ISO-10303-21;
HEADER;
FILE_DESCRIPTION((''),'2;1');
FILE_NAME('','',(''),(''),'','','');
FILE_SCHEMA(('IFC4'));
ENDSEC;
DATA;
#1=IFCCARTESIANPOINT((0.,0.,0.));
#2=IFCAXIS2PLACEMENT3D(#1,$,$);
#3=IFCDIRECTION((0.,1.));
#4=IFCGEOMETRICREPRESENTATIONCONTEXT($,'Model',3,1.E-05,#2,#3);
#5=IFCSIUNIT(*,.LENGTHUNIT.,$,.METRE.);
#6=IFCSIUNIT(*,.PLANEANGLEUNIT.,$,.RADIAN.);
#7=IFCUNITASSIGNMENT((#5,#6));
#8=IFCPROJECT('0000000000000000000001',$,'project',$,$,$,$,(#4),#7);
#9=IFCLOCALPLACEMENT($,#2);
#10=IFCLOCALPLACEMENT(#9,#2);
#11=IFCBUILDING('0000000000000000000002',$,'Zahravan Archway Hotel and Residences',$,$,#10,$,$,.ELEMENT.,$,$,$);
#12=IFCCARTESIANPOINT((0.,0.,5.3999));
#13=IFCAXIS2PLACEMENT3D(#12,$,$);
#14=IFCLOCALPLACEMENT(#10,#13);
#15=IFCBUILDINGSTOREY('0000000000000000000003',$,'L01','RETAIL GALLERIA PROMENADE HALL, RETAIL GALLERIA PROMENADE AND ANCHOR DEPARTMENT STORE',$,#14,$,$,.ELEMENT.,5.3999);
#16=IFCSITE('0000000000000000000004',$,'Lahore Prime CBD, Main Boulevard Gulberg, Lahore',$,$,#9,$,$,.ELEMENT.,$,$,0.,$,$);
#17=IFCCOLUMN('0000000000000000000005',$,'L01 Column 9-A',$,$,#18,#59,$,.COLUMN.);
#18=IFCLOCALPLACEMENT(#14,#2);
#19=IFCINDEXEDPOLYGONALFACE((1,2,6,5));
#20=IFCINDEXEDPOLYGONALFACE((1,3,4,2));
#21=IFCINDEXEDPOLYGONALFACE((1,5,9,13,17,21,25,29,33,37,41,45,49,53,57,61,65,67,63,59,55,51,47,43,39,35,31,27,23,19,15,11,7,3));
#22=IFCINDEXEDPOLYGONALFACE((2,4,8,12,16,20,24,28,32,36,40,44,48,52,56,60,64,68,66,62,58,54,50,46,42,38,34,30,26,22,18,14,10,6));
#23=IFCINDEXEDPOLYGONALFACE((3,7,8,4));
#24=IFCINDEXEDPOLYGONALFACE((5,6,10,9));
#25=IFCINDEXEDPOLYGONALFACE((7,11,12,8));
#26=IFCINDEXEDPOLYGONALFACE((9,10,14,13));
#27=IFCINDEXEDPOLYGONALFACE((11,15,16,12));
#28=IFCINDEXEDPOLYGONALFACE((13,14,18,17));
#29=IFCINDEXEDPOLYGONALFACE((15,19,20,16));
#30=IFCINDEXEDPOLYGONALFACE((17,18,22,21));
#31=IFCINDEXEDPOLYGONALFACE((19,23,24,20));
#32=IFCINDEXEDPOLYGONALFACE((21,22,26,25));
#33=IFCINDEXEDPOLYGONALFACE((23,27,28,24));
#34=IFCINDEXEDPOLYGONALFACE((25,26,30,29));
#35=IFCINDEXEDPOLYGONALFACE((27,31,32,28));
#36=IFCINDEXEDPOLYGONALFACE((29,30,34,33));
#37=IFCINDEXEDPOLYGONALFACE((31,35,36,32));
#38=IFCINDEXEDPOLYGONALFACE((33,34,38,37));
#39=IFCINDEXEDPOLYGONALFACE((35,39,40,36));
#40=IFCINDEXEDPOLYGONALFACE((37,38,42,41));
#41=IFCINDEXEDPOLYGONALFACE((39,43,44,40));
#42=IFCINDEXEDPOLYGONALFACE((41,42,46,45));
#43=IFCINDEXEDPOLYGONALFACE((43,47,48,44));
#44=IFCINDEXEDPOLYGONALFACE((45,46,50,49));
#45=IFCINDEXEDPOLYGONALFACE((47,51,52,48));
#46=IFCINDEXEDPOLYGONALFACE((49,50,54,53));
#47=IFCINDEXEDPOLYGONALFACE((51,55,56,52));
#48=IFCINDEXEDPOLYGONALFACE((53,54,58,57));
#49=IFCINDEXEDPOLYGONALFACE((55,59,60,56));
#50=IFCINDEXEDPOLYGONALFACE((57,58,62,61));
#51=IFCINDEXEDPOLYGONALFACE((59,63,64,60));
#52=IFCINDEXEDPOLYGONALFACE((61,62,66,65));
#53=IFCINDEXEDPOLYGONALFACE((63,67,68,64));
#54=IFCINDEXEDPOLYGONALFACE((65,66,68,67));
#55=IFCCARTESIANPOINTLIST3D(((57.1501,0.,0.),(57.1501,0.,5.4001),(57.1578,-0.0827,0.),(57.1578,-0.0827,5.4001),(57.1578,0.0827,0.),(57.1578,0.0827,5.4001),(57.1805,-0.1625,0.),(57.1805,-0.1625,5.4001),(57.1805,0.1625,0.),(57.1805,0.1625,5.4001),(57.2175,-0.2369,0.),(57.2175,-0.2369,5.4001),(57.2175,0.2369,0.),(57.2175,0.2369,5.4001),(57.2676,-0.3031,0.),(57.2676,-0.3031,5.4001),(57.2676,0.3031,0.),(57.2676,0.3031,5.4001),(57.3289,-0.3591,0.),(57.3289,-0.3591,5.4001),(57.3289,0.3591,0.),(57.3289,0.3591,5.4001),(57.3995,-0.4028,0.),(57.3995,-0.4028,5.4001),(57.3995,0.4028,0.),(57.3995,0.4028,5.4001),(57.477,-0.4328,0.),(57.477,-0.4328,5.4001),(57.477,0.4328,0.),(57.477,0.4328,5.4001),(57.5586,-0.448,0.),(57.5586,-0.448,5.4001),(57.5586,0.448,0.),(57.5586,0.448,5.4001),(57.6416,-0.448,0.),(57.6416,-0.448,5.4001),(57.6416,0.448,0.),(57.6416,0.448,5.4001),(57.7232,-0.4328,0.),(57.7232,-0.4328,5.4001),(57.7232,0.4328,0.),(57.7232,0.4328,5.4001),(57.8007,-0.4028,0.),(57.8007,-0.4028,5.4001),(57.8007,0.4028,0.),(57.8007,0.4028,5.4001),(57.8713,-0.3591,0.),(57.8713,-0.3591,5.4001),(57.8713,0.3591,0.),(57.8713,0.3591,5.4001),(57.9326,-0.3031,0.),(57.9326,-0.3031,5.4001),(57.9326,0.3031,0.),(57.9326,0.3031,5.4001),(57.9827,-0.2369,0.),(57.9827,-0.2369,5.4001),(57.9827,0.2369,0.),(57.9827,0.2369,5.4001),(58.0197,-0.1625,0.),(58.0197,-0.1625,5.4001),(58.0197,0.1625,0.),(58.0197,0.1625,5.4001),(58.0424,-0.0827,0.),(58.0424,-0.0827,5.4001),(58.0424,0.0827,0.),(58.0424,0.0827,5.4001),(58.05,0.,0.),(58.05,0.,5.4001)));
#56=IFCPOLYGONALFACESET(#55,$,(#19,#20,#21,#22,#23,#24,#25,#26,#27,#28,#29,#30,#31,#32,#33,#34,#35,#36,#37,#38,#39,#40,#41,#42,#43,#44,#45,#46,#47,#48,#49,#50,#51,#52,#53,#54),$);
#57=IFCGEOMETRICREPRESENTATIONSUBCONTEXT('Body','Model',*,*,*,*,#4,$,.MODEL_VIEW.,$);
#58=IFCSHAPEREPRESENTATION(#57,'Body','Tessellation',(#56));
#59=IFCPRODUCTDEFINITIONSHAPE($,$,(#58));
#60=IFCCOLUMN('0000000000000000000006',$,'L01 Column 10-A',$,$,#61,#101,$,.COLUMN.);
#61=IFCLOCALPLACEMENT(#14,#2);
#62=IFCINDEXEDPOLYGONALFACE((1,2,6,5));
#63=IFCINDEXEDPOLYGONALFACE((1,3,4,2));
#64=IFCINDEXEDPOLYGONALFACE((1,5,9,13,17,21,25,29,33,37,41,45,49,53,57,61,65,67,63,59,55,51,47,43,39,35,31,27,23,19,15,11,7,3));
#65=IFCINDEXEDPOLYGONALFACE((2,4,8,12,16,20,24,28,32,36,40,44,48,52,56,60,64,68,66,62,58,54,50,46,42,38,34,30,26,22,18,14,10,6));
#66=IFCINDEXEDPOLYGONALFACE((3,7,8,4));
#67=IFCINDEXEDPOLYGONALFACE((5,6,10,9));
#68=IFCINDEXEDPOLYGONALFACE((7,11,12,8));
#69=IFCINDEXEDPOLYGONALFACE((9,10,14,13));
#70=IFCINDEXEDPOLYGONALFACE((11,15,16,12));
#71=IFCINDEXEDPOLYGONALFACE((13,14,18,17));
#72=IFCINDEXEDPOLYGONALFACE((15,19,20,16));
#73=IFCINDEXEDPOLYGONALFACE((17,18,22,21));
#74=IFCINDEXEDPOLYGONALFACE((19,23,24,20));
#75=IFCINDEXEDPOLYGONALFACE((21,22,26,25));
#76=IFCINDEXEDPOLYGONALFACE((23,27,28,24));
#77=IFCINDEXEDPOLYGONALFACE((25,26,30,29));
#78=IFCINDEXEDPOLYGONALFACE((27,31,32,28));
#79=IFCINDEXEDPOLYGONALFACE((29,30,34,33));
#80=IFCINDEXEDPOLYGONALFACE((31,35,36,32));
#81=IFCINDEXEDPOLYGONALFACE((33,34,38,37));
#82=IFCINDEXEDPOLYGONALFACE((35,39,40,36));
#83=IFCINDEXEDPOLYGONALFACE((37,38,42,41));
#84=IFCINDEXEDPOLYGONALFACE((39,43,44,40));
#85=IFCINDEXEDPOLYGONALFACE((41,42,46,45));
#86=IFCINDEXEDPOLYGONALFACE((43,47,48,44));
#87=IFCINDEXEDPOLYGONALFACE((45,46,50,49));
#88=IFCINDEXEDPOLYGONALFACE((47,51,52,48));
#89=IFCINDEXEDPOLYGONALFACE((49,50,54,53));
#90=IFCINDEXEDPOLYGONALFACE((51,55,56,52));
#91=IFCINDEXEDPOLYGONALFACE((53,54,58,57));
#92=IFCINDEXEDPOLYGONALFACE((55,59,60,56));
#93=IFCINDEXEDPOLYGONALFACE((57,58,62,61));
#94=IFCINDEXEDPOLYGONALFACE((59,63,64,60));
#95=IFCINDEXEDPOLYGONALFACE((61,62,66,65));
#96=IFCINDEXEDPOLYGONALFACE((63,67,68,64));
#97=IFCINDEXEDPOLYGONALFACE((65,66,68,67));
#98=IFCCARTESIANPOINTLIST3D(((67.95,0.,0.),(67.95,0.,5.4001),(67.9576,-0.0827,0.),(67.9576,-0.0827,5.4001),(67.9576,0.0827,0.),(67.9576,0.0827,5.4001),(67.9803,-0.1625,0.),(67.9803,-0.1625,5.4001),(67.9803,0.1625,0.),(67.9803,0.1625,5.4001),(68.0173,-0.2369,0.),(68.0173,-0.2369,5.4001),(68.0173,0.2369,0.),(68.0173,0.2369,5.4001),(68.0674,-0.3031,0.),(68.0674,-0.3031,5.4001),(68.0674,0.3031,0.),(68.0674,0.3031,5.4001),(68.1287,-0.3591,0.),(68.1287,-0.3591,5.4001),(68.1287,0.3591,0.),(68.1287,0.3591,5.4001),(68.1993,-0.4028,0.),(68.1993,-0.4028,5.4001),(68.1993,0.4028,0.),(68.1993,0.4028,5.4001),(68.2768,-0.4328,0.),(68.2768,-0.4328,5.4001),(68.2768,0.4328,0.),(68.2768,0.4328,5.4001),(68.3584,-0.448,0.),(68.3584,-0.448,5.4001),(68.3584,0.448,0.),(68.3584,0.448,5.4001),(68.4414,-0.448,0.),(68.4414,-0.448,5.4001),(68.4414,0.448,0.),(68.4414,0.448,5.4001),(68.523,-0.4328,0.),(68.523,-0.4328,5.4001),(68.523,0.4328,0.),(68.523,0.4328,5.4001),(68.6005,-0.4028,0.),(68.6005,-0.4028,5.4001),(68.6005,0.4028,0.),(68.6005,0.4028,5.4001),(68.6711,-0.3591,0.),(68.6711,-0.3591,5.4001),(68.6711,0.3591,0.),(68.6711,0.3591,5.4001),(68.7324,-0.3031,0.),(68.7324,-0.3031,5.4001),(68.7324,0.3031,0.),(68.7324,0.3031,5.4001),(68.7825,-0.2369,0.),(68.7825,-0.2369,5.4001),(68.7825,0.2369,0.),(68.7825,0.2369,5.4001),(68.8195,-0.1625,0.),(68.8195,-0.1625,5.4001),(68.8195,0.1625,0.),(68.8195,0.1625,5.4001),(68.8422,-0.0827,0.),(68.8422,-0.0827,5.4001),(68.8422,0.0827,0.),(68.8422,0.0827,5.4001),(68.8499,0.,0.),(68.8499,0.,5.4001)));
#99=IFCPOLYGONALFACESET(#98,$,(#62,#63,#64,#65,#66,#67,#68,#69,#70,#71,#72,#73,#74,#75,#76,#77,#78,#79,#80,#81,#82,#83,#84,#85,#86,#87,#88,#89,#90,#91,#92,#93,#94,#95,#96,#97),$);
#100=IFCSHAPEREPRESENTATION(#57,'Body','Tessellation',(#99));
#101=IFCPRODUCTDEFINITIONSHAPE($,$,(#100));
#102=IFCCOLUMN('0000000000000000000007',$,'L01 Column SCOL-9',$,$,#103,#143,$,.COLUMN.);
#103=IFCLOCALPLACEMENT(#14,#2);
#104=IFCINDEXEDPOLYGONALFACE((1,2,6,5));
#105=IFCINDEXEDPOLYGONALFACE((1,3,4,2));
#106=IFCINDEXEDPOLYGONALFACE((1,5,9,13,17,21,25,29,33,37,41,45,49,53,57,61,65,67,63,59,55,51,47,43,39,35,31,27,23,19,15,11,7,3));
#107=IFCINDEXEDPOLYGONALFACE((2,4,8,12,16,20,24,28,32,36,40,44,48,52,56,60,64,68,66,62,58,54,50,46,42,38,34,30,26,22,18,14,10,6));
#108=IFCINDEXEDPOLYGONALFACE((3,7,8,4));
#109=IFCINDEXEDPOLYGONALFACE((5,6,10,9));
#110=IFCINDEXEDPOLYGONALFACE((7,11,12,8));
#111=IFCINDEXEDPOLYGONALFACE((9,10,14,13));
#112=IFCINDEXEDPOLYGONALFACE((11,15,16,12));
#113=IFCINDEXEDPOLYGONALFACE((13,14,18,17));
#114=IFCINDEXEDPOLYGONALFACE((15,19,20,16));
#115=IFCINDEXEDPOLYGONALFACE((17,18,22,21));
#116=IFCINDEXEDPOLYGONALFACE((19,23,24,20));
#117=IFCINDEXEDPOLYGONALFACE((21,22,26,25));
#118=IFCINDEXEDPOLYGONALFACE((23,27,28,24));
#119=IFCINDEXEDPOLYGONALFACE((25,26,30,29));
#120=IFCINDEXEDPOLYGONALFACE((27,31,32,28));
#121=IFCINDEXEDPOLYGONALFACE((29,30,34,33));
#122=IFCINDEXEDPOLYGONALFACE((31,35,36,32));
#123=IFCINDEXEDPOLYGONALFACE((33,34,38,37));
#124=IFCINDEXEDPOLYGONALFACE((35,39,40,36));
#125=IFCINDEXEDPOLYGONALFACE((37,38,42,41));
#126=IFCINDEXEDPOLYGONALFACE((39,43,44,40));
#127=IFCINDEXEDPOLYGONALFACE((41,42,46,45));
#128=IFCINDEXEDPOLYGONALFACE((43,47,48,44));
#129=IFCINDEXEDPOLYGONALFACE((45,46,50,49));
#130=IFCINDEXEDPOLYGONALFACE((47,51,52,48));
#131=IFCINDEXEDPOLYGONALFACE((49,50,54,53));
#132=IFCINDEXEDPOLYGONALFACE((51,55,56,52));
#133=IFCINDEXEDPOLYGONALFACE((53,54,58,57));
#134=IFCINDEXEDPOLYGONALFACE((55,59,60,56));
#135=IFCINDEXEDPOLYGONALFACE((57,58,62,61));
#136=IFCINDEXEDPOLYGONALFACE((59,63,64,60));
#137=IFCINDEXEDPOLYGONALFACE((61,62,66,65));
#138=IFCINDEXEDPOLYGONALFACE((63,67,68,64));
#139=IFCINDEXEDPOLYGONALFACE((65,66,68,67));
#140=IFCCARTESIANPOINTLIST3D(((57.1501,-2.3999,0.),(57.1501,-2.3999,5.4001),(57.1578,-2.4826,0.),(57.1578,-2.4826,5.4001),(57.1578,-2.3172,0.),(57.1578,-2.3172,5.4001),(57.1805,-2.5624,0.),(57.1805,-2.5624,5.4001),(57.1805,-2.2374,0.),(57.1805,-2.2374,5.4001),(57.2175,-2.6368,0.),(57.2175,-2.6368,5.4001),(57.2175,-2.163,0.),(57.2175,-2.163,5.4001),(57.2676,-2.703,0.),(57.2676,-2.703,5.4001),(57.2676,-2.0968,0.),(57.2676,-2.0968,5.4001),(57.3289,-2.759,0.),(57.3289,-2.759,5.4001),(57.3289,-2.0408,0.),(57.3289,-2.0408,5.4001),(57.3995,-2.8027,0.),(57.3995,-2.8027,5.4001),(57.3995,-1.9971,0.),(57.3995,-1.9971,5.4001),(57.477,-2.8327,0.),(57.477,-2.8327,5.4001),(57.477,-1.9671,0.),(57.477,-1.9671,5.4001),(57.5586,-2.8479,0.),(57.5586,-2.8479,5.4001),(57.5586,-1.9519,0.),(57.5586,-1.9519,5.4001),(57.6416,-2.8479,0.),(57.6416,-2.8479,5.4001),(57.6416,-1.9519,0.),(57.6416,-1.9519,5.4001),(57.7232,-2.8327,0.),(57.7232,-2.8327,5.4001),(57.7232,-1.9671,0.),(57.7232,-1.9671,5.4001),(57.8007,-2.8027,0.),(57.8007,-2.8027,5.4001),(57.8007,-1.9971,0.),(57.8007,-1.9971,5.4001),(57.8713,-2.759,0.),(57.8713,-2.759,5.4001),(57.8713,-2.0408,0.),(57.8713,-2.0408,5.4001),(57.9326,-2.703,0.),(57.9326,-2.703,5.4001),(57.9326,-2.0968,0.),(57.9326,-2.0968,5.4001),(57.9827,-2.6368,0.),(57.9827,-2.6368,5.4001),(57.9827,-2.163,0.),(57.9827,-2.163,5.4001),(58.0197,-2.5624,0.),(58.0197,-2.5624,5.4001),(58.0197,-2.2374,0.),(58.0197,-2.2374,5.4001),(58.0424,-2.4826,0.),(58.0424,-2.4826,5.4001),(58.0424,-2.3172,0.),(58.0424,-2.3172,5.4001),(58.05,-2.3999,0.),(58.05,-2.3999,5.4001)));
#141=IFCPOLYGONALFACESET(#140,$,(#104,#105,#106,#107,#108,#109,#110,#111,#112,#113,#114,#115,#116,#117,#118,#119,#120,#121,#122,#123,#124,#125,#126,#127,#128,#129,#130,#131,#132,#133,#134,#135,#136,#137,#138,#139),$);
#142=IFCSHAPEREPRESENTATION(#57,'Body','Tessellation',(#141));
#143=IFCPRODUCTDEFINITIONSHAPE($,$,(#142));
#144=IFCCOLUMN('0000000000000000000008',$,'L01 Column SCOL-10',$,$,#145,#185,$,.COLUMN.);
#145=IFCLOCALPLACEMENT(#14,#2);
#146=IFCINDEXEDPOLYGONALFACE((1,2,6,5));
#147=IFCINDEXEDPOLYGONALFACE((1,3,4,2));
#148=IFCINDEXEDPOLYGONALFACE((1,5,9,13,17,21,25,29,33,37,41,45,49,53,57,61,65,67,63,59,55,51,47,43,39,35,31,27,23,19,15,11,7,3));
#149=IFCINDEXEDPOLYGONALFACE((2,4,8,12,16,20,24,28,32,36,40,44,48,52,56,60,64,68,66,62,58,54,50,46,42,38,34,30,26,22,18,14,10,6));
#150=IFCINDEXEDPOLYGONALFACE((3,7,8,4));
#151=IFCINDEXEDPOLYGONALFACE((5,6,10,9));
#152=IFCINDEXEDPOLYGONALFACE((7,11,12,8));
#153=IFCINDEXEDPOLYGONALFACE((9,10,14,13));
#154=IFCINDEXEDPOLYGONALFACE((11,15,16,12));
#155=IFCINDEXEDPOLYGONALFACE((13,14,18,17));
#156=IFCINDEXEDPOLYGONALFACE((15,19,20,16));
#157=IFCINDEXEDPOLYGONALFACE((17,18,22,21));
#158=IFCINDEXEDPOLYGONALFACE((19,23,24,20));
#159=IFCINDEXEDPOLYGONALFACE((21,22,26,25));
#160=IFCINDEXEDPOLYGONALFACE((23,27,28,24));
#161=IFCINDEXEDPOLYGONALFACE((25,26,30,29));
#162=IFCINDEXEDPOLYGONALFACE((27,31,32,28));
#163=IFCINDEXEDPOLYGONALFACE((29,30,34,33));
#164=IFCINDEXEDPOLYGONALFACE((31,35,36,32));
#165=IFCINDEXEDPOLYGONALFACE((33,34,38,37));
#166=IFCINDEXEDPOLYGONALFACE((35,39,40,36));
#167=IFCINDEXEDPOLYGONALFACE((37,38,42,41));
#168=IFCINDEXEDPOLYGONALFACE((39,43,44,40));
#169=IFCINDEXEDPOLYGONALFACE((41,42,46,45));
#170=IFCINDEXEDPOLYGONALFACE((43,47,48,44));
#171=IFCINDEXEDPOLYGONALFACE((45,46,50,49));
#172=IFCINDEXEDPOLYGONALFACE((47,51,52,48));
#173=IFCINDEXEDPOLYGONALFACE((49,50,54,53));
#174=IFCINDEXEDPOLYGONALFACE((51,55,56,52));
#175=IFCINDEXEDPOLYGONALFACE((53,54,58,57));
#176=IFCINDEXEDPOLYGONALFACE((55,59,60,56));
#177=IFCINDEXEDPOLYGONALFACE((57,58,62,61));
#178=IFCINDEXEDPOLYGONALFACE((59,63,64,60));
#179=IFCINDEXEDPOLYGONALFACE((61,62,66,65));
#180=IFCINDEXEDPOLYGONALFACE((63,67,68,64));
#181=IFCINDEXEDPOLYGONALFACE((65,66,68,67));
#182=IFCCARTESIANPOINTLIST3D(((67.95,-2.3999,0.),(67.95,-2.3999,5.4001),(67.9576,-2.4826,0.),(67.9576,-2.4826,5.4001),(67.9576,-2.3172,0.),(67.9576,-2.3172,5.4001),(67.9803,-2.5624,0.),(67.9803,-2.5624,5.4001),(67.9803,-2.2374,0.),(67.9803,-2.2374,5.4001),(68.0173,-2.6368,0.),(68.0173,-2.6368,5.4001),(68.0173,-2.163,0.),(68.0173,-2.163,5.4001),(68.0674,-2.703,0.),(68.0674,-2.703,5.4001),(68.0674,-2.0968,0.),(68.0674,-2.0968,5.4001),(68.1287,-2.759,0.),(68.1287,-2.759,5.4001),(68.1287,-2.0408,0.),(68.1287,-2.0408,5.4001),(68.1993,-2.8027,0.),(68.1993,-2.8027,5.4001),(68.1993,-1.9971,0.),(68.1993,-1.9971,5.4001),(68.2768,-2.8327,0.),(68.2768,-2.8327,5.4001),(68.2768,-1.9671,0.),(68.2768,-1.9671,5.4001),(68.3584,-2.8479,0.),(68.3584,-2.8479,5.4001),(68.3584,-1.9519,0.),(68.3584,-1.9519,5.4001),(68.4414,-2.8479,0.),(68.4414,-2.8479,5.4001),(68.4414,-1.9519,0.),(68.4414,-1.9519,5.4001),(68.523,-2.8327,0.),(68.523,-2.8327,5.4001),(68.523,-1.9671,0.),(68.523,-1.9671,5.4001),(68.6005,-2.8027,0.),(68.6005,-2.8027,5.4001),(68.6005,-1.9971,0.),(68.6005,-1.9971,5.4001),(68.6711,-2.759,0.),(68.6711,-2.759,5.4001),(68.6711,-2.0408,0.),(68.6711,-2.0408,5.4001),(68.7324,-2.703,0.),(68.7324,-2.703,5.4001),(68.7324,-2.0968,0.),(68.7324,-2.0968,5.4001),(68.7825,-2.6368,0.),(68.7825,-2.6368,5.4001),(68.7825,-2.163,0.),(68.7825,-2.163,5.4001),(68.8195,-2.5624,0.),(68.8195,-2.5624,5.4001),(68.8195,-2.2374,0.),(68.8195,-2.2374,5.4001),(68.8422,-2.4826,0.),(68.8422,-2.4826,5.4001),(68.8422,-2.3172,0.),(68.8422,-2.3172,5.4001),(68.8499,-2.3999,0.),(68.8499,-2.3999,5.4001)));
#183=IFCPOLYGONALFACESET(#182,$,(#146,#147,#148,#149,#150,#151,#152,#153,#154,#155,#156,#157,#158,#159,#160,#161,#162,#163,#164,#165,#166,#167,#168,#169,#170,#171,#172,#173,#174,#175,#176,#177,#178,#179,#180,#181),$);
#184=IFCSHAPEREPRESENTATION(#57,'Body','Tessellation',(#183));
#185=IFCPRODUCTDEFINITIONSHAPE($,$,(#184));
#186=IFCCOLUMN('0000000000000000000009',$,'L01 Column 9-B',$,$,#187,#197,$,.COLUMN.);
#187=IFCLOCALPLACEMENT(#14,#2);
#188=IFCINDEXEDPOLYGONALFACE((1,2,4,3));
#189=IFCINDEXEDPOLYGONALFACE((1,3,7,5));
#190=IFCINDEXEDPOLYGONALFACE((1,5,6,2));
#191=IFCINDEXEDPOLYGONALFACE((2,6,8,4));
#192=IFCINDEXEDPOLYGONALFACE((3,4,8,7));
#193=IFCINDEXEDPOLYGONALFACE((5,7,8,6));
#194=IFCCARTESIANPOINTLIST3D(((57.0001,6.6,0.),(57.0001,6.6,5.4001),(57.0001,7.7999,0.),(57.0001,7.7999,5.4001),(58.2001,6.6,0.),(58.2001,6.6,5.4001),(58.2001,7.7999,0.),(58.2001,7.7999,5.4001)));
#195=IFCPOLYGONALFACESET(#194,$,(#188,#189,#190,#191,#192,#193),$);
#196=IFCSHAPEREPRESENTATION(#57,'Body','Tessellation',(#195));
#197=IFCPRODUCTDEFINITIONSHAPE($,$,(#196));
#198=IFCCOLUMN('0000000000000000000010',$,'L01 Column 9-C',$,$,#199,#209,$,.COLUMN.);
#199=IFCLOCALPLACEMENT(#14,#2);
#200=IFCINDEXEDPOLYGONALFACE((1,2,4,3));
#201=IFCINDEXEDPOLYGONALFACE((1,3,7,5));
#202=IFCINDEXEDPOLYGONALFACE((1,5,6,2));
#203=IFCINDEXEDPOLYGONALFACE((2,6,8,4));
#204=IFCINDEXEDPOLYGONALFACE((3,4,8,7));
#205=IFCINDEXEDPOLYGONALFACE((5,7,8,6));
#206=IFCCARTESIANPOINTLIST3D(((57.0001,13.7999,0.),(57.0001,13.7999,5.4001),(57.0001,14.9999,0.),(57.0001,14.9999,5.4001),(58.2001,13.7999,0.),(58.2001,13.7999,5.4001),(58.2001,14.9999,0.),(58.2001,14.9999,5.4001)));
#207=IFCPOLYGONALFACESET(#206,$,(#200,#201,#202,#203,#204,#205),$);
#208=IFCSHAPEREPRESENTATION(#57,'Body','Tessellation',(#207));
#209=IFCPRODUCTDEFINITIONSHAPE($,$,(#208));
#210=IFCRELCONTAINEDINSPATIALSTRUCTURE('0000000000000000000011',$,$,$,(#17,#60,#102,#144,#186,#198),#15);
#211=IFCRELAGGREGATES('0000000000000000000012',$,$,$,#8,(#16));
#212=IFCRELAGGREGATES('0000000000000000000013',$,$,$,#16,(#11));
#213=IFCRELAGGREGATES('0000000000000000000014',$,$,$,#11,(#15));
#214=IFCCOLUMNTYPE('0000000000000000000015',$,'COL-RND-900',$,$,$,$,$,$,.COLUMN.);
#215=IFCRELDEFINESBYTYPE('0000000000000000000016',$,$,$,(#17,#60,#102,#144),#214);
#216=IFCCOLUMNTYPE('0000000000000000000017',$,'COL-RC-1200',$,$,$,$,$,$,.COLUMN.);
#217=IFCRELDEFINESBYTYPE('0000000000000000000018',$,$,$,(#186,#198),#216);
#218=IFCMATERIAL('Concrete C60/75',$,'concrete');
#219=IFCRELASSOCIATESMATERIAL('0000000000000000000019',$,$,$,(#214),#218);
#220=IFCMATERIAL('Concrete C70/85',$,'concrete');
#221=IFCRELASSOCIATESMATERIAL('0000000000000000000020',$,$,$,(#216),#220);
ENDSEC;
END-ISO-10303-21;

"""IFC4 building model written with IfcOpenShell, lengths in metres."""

from ifc_helpers import new_model, si_unit, direction, frame, origin, origin_2d, place, context, subcontext, project, spatial, rectangle, circle, extrude, source, transform, mapped, material, material_profile, profile_set, type_object, element, save


model = new_model("IFC4")

# Units and contexts
model_context = context("Model", 3, precision=1e-05, world=origin(), true_north=direction((0.0, 1.0)))
body_context = subcontext(model_context, "Body", "Model", "MODEL_VIEW")
ifc_project = project(units=[si_unit("LENGTHUNIT", "METRE"), si_unit("PLANEANGLEUNIT", "RADIAN")], contexts=[model_context])

# Site, building, storey
site_placement = place(None, origin())
site = spatial("IfcSite", under=ifc_project, at=site_placement, Name="Lahore Prime CBD, Main Boulevard Gulberg, Lahore", CompositionType="ELEMENT", RefElevation=0.0)
building_placement = place(site_placement, origin())
building = spatial("IfcBuilding", under=site, at=building_placement, Name="Zahravan Archway Hotel and Residences", CompositionType="ELEMENT")
storey_placement = place(building_placement, frame((0.0, 0.0, 5.3999)))
storey = spatial("IfcBuildingStorey", under=building, at=storey_placement, Name="L01", Description="RETAIL GALLERIA PROMENADE HALL, RETAIL GALLERIA PROMENADE AND ANCHOR DEPARTMENT STORE", CompositionType="ELEMENT", Elevation=5.3999)

# Columns
ifc_material_1 = material(Name="Concrete C60/75", Category="concrete")
ifc_material_profile_1 = material_profile(ifc_material_1, circle(Radius=0.45, at=origin_2d()), Name="RC-CIRC-900", Category="concrete")
ifc_profile_set_1 = profile_set([ifc_material_profile_1], Name="Concrete C60/75")
column_type_1 = type_object("IfcColumnType", Name="COL-RND-900", PredefinedType="COLUMN", material=ifc_profile_set_1)
shared_shape_1 = source(origin(), body_context, "Body", "SweptSolid", [
    extrude(circle(Radius=0.45, at=origin_2d()), origin(), (0.0, 0.0, 1.0), 5.4001),
])
for number, where, z_axis, x_axis, name in (
    (1, (57.6001, 0.0, 0.0), (0.0, 0.0, 1.0), (1.0, 0.0, 0.0), "L01 Column 9-A"),
    (2, (68.3999, 0.0, 0.0), (0.0, 0.0, 1.0), (1.0, 0.0, 0.0), "L01 Column 10-A"),
    (3, (57.6001, -2.3999, 0.0), (0.0, 0.0, 1.0), (1.0, 0.0, 0.0), "L01 Column SCOL-9"),
    (4, (68.3999, -2.3999, 0.0), (0.0, 0.0, 1.0), (1.0, 0.0, 0.0), "L01 Column SCOL-10"),
):
    element("IfcColumn", number, at=place(storey_placement, frame(where, z_axis=z_axis, x_axis=x_axis)), inside=storey, type_object=column_type_1, Name=name, PredefinedType="COLUMN", context=body_context, shape_type="MappedRepresentation", body=[
        mapped(shared_shape_1, transform((0.0, 0.0, 0.0), scale=1.0)),
    ])
ifc_material_2 = material(Name="Concrete C70/85", Category="concrete")
ifc_material_profile_2 = material_profile(ifc_material_2, rectangle(XDim=1.2, YDim=1.2, at=origin_2d()), Name="RC-COL-1200x1200", Category="concrete")
ifc_profile_set_2 = profile_set([ifc_material_profile_2], Name="Concrete C70/85")
column_type_2 = type_object("IfcColumnType", Name="COL-RC-1200", PredefinedType="COLUMN", material=ifc_profile_set_2)
shared_shape_2 = source(origin(), body_context, "Body", "SweptSolid", [
    extrude(rectangle(XDim=1.2, YDim=1.2, at=origin_2d()), origin(), (0.0, 0.0, 1.0), 5.4001),
])
for number, where, z_axis, x_axis, name in (
    (5, (57.6001, 7.2, 0.0), (0.0, 0.0, 1.0), (1.0, 0.0, 0.0), "L01 Column 9-B"),
    (6, (57.6001, 14.3999, 0.0), (0.0, 0.0, 1.0), (1.0, 0.0, 0.0), "L01 Column 9-C"),
):
    element("IfcColumn", number, at=place(storey_placement, frame(where, z_axis=z_axis, x_axis=x_axis)), inside=storey, type_object=column_type_2, Name=name, PredefinedType="COLUMN", context=body_context, shape_type="MappedRepresentation", body=[
        mapped(shared_shape_2, transform((0.0, 0.0, 0.0), scale=1.0)),
    ])

save(model, "model.ifc")
